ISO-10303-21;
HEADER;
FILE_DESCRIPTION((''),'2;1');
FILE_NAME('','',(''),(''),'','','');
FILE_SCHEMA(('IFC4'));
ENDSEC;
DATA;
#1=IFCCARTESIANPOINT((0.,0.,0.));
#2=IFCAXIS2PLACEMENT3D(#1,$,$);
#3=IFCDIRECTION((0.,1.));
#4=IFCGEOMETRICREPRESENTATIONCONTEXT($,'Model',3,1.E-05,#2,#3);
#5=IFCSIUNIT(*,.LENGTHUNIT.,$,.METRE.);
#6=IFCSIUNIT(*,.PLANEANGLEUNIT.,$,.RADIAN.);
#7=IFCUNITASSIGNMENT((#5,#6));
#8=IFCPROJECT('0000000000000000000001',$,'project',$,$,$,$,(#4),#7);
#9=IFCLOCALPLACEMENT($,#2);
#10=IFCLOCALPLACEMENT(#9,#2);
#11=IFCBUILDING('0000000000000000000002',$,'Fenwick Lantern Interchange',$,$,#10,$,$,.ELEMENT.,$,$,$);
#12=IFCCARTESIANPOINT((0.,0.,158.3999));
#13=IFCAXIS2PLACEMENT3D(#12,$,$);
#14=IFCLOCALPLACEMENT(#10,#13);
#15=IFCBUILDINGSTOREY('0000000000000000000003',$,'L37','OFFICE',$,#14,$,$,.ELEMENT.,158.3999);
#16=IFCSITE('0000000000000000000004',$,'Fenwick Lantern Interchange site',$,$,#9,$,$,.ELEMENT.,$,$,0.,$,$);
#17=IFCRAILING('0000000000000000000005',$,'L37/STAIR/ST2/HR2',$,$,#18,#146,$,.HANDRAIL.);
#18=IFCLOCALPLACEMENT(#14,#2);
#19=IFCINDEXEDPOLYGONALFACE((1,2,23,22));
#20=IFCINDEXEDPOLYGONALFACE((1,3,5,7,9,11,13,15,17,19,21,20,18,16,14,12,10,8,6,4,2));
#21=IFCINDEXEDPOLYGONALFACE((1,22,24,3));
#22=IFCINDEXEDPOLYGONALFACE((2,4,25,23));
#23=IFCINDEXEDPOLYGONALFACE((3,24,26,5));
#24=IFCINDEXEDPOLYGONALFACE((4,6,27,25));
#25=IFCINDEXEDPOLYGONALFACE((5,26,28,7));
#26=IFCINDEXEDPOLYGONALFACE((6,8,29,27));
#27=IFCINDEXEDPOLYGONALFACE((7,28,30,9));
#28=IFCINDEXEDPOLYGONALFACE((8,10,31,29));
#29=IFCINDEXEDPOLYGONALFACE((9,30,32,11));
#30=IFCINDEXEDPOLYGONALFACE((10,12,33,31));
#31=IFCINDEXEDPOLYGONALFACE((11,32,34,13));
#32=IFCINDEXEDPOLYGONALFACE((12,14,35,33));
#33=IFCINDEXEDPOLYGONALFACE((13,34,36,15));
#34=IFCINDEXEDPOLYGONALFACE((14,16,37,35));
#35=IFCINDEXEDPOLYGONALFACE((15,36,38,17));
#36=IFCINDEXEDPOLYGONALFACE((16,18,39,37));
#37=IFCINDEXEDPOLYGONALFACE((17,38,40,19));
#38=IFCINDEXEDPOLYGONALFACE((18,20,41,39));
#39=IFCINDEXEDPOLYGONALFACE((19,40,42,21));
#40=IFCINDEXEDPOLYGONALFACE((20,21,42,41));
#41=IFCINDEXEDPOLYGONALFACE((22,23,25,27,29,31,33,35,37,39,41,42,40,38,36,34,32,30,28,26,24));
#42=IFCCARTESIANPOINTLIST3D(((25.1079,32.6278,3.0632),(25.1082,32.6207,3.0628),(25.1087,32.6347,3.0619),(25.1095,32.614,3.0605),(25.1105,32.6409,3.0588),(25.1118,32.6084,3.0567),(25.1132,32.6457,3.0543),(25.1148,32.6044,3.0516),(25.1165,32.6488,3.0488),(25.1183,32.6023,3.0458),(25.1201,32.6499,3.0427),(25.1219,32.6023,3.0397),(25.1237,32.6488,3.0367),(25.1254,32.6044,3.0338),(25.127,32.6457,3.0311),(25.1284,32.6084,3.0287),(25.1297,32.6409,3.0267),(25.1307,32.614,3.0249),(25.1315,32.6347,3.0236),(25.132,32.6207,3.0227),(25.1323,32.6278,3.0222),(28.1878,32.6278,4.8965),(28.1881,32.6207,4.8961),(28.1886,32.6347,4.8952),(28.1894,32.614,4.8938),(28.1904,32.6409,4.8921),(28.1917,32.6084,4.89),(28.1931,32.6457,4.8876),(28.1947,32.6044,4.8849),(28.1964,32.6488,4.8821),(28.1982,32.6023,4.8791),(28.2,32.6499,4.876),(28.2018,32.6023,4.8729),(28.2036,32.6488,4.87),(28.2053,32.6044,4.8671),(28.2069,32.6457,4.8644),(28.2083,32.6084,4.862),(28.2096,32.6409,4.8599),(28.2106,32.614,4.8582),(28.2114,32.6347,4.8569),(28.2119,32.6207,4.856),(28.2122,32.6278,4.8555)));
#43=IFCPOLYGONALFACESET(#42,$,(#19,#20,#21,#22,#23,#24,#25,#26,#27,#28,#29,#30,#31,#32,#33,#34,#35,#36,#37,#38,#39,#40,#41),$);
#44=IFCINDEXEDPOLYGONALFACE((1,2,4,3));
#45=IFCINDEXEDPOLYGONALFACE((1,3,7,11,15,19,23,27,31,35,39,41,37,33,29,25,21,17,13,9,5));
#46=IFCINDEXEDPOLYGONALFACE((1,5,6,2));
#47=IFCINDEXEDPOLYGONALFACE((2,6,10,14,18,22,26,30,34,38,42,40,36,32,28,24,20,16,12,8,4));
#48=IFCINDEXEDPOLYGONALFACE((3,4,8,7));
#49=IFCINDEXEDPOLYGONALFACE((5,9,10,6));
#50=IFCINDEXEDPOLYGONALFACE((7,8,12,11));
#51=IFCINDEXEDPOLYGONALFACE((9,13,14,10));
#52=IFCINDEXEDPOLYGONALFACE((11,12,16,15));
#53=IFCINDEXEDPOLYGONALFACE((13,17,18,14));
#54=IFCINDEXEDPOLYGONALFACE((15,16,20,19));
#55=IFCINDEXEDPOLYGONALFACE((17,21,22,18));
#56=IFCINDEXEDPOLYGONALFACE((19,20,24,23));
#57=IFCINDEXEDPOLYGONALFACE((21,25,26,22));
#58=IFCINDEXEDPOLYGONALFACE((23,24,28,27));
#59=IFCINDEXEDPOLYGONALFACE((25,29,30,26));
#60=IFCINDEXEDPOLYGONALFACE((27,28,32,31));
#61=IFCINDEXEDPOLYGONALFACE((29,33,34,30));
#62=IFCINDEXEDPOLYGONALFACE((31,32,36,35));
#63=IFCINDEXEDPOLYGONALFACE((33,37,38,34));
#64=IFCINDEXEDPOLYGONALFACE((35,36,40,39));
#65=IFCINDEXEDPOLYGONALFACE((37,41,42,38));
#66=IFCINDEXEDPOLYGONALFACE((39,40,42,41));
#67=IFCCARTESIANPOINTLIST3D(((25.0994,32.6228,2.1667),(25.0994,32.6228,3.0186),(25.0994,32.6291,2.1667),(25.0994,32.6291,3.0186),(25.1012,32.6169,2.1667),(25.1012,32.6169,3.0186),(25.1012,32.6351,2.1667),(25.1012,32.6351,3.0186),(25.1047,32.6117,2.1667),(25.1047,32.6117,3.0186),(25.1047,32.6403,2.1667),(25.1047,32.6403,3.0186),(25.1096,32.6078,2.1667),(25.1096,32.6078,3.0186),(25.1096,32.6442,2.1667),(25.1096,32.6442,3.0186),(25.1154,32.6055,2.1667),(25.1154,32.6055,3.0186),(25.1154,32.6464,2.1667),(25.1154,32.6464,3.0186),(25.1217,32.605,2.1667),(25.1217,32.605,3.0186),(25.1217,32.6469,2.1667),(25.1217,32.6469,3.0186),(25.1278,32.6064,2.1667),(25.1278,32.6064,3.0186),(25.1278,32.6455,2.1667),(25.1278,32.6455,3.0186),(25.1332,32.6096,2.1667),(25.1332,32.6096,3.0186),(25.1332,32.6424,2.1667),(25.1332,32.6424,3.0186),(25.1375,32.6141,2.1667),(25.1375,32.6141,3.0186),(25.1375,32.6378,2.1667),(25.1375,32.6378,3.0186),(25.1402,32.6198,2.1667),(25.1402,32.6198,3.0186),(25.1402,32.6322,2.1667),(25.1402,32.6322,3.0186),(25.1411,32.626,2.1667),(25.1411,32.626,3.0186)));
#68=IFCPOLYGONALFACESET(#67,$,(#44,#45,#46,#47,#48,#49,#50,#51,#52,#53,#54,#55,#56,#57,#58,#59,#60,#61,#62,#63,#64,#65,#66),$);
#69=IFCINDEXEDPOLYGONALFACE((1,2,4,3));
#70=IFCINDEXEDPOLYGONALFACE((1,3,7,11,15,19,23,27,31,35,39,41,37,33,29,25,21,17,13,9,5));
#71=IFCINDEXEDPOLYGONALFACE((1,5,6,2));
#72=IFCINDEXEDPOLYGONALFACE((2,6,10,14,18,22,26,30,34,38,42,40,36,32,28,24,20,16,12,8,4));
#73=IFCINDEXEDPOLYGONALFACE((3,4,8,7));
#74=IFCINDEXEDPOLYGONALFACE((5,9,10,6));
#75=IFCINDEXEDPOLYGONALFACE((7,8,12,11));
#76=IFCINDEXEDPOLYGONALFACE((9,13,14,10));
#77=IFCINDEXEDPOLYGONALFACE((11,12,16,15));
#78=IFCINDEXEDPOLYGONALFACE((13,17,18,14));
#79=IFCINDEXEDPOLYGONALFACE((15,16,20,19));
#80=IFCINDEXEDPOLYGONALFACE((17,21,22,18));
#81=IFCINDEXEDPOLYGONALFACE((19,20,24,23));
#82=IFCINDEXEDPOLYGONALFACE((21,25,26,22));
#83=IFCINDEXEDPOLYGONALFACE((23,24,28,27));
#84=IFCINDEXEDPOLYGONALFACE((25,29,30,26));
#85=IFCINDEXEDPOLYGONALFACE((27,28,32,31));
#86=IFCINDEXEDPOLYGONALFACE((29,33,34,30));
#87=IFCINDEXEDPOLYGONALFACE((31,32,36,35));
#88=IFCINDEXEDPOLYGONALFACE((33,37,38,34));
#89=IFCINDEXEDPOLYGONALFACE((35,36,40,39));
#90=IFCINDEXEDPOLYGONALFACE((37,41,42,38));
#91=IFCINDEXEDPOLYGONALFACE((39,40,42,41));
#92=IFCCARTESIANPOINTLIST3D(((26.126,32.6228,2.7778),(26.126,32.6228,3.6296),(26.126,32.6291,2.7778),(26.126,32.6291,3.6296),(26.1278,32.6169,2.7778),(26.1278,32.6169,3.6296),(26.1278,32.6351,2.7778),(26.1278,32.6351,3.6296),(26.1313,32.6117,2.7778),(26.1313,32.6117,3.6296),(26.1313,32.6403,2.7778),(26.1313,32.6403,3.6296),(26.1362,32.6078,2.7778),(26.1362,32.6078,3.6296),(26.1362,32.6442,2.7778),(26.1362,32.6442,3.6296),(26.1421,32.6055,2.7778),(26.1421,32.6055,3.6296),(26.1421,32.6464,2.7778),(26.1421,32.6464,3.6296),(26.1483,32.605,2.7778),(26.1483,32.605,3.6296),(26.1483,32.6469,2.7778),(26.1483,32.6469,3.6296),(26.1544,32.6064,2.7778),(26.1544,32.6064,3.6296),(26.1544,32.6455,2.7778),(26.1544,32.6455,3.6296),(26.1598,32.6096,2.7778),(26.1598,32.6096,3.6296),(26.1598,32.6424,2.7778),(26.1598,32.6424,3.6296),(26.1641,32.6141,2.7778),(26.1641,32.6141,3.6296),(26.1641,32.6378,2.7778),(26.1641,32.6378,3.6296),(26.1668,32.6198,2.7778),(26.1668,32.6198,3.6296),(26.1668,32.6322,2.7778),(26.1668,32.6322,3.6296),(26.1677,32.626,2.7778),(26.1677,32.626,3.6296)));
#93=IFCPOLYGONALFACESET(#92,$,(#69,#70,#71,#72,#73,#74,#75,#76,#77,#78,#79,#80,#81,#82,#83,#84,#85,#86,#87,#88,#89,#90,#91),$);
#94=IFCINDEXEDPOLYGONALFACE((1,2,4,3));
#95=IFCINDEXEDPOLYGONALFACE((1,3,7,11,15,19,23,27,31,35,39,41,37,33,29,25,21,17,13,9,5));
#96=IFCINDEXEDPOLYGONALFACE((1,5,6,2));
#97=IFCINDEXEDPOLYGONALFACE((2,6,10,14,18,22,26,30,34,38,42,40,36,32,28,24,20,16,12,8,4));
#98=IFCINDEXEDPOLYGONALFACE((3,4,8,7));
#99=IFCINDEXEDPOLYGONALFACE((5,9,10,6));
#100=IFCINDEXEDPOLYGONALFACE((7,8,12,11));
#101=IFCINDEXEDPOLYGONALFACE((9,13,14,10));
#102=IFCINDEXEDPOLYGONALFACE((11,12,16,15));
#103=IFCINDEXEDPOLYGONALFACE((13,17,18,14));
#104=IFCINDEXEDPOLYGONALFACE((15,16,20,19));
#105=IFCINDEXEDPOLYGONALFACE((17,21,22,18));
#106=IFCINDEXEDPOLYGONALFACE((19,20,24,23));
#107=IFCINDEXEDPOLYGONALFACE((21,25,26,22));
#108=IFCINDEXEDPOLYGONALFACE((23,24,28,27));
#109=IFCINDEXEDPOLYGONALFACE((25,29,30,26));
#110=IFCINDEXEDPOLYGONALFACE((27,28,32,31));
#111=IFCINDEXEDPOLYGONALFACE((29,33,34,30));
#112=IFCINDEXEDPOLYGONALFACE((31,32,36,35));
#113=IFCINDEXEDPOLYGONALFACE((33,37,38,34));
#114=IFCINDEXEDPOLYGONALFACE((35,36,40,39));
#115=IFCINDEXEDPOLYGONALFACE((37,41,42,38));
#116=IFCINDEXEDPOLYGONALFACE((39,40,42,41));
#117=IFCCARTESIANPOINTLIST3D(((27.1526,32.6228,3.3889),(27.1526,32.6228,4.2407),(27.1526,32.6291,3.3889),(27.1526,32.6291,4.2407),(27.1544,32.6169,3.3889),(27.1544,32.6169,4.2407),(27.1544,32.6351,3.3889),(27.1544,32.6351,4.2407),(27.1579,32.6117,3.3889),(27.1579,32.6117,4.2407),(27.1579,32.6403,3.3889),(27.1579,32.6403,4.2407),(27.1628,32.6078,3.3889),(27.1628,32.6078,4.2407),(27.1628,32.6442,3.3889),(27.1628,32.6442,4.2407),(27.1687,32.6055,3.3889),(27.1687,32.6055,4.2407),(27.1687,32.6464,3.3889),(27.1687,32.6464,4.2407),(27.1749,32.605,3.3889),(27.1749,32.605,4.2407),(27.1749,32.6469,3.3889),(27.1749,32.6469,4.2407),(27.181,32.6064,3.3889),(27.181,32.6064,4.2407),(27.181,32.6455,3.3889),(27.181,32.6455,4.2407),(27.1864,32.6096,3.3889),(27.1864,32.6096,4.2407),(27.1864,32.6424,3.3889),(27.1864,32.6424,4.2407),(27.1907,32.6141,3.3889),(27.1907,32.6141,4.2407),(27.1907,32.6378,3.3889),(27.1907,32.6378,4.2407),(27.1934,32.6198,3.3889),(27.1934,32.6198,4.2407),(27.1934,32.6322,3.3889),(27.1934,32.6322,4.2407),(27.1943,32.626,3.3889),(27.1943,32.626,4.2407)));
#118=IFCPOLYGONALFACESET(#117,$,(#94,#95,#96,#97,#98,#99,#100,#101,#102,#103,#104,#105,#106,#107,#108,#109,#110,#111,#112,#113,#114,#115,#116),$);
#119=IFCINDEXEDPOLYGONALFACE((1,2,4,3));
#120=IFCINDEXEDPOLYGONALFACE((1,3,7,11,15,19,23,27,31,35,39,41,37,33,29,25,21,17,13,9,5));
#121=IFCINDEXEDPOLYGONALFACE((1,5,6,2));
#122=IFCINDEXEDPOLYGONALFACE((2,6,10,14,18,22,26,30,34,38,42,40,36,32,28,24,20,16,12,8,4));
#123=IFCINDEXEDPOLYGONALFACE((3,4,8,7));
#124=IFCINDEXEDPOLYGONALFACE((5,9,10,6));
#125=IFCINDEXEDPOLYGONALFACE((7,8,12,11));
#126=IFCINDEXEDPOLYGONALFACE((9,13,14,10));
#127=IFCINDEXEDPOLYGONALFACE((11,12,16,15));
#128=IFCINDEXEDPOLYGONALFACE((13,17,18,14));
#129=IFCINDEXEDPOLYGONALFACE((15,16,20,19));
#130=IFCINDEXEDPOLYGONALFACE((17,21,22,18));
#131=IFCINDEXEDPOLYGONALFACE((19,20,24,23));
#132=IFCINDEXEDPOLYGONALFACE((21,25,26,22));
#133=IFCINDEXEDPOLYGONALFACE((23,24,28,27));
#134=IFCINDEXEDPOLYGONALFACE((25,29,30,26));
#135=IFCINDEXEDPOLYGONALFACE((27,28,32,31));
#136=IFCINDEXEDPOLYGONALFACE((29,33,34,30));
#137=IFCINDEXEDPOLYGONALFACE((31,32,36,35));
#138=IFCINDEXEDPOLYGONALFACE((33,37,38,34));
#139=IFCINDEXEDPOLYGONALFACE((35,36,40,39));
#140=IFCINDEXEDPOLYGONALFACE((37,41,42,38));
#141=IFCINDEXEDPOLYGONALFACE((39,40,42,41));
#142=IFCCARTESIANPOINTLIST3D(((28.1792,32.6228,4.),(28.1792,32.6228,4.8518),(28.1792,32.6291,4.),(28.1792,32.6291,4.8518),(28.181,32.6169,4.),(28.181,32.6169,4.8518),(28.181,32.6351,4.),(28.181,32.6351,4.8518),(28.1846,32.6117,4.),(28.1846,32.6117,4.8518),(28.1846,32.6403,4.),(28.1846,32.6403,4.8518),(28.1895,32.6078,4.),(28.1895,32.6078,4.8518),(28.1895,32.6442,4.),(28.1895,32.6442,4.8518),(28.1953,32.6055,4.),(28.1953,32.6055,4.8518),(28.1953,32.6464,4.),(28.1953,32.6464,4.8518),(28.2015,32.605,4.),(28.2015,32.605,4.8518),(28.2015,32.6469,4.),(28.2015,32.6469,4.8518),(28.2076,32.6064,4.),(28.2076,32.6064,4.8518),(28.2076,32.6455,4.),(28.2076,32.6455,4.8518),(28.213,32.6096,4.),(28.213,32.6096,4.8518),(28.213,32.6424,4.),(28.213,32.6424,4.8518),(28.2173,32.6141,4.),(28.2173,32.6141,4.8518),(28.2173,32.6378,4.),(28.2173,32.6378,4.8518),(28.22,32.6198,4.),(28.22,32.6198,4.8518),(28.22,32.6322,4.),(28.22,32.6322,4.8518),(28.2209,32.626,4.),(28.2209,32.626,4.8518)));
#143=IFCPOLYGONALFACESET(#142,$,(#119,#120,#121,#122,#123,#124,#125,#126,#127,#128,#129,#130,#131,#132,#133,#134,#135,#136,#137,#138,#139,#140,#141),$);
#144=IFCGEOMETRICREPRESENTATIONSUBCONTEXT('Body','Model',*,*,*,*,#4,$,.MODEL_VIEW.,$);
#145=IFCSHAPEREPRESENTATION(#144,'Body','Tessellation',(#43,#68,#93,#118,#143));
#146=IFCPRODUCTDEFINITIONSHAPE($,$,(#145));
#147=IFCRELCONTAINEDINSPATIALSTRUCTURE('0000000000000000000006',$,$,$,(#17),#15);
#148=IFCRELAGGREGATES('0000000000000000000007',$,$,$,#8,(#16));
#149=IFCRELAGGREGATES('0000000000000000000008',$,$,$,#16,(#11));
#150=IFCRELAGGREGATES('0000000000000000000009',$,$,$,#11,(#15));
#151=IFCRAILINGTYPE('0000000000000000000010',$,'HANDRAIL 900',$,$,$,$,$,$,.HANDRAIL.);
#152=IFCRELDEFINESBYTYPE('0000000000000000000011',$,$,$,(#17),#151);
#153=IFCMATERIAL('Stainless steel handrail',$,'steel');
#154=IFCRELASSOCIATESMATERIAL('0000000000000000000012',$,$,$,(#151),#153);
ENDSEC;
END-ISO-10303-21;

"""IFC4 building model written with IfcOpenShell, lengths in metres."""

from ifc_helpers import new_model, si_unit, direction, frame, origin, origin_2d, place, context, subcontext, project, spatial, circle, extrude, material, type_object, element, save


model = new_model("IFC4")

# Units and contexts
model_context = context("Model", 3, precision=1e-05, world=origin(), true_north=direction((0.0, 1.0)))
body_context = subcontext(model_context, "Body", "Model", "MODEL_VIEW")
ifc_project = project(units=[si_unit("LENGTHUNIT", "METRE"), si_unit("PLANEANGLEUNIT", "RADIAN")], contexts=[model_context])

# Site, building, storey
site_placement = place(None, origin())
site = spatial("IfcSite", under=ifc_project, at=site_placement, Name="Fenwick Lantern Interchange site", CompositionType="ELEMENT", RefElevation=0.0)
building_placement = place(site_placement, origin())
building = spatial("IfcBuilding", under=site, at=building_placement, Name="Fenwick Lantern Interchange", CompositionType="ELEMENT")
storey_placement = place(building_placement, frame((0.0, 0.0, 158.3999)))
storey = spatial("IfcBuildingStorey", under=building, at=storey_placement, Name="L37", Description="OFFICE", CompositionType="ELEMENT", Elevation=158.3999)

# Railing
ifc_material_1 = material(Name="Stainless steel handrail", Category="steel")
railing_type = type_object("IfcRailingType", Name="HANDRAIL 900", PredefinedType="HANDRAIL", material=ifc_material_1)
railing_1_placement = place(storey_placement, frame((25.1201, 32.626, 2.1667)))
element("IfcRailing", 1, at=railing_1_placement, inside=storey, type_object=railing_type, Name="L37/STAIR/ST2/HR2", PredefinedType="HANDRAIL", context=body_context, shape_type="SweptSolid", body=[
    extrude(circle(Radius=0.0239, at=origin_2d()), frame((0.0, 0.0, 0.876), z_axis=(0.859291, 0.0, 0.511487), x_axis=(0.0, 1.0, 0.0)), (0.0, 0.0, 1.0), 3.5842),
    extrude(circle(Radius=0.021, at=origin_2d()), origin(), (0.0, 0.0, 1.0), 0.8518),
    extrude(circle(Radius=0.021, at=origin_2d()), frame((1.0266, 0.0, 0.6111)), (0.0, 0.0, 1.0), 0.8518),
    extrude(circle(Radius=0.021, at=origin_2d()), frame((2.0532, 0.0, 1.2222)), (0.0, 0.0, 1.0), 0.8518),
    extrude(circle(Radius=0.021, at=origin_2d()), frame((3.0798, 0.0, 1.8333)), (0.0, 0.0, 1.0), 0.8518),
])

save(model, "model.ifc")
